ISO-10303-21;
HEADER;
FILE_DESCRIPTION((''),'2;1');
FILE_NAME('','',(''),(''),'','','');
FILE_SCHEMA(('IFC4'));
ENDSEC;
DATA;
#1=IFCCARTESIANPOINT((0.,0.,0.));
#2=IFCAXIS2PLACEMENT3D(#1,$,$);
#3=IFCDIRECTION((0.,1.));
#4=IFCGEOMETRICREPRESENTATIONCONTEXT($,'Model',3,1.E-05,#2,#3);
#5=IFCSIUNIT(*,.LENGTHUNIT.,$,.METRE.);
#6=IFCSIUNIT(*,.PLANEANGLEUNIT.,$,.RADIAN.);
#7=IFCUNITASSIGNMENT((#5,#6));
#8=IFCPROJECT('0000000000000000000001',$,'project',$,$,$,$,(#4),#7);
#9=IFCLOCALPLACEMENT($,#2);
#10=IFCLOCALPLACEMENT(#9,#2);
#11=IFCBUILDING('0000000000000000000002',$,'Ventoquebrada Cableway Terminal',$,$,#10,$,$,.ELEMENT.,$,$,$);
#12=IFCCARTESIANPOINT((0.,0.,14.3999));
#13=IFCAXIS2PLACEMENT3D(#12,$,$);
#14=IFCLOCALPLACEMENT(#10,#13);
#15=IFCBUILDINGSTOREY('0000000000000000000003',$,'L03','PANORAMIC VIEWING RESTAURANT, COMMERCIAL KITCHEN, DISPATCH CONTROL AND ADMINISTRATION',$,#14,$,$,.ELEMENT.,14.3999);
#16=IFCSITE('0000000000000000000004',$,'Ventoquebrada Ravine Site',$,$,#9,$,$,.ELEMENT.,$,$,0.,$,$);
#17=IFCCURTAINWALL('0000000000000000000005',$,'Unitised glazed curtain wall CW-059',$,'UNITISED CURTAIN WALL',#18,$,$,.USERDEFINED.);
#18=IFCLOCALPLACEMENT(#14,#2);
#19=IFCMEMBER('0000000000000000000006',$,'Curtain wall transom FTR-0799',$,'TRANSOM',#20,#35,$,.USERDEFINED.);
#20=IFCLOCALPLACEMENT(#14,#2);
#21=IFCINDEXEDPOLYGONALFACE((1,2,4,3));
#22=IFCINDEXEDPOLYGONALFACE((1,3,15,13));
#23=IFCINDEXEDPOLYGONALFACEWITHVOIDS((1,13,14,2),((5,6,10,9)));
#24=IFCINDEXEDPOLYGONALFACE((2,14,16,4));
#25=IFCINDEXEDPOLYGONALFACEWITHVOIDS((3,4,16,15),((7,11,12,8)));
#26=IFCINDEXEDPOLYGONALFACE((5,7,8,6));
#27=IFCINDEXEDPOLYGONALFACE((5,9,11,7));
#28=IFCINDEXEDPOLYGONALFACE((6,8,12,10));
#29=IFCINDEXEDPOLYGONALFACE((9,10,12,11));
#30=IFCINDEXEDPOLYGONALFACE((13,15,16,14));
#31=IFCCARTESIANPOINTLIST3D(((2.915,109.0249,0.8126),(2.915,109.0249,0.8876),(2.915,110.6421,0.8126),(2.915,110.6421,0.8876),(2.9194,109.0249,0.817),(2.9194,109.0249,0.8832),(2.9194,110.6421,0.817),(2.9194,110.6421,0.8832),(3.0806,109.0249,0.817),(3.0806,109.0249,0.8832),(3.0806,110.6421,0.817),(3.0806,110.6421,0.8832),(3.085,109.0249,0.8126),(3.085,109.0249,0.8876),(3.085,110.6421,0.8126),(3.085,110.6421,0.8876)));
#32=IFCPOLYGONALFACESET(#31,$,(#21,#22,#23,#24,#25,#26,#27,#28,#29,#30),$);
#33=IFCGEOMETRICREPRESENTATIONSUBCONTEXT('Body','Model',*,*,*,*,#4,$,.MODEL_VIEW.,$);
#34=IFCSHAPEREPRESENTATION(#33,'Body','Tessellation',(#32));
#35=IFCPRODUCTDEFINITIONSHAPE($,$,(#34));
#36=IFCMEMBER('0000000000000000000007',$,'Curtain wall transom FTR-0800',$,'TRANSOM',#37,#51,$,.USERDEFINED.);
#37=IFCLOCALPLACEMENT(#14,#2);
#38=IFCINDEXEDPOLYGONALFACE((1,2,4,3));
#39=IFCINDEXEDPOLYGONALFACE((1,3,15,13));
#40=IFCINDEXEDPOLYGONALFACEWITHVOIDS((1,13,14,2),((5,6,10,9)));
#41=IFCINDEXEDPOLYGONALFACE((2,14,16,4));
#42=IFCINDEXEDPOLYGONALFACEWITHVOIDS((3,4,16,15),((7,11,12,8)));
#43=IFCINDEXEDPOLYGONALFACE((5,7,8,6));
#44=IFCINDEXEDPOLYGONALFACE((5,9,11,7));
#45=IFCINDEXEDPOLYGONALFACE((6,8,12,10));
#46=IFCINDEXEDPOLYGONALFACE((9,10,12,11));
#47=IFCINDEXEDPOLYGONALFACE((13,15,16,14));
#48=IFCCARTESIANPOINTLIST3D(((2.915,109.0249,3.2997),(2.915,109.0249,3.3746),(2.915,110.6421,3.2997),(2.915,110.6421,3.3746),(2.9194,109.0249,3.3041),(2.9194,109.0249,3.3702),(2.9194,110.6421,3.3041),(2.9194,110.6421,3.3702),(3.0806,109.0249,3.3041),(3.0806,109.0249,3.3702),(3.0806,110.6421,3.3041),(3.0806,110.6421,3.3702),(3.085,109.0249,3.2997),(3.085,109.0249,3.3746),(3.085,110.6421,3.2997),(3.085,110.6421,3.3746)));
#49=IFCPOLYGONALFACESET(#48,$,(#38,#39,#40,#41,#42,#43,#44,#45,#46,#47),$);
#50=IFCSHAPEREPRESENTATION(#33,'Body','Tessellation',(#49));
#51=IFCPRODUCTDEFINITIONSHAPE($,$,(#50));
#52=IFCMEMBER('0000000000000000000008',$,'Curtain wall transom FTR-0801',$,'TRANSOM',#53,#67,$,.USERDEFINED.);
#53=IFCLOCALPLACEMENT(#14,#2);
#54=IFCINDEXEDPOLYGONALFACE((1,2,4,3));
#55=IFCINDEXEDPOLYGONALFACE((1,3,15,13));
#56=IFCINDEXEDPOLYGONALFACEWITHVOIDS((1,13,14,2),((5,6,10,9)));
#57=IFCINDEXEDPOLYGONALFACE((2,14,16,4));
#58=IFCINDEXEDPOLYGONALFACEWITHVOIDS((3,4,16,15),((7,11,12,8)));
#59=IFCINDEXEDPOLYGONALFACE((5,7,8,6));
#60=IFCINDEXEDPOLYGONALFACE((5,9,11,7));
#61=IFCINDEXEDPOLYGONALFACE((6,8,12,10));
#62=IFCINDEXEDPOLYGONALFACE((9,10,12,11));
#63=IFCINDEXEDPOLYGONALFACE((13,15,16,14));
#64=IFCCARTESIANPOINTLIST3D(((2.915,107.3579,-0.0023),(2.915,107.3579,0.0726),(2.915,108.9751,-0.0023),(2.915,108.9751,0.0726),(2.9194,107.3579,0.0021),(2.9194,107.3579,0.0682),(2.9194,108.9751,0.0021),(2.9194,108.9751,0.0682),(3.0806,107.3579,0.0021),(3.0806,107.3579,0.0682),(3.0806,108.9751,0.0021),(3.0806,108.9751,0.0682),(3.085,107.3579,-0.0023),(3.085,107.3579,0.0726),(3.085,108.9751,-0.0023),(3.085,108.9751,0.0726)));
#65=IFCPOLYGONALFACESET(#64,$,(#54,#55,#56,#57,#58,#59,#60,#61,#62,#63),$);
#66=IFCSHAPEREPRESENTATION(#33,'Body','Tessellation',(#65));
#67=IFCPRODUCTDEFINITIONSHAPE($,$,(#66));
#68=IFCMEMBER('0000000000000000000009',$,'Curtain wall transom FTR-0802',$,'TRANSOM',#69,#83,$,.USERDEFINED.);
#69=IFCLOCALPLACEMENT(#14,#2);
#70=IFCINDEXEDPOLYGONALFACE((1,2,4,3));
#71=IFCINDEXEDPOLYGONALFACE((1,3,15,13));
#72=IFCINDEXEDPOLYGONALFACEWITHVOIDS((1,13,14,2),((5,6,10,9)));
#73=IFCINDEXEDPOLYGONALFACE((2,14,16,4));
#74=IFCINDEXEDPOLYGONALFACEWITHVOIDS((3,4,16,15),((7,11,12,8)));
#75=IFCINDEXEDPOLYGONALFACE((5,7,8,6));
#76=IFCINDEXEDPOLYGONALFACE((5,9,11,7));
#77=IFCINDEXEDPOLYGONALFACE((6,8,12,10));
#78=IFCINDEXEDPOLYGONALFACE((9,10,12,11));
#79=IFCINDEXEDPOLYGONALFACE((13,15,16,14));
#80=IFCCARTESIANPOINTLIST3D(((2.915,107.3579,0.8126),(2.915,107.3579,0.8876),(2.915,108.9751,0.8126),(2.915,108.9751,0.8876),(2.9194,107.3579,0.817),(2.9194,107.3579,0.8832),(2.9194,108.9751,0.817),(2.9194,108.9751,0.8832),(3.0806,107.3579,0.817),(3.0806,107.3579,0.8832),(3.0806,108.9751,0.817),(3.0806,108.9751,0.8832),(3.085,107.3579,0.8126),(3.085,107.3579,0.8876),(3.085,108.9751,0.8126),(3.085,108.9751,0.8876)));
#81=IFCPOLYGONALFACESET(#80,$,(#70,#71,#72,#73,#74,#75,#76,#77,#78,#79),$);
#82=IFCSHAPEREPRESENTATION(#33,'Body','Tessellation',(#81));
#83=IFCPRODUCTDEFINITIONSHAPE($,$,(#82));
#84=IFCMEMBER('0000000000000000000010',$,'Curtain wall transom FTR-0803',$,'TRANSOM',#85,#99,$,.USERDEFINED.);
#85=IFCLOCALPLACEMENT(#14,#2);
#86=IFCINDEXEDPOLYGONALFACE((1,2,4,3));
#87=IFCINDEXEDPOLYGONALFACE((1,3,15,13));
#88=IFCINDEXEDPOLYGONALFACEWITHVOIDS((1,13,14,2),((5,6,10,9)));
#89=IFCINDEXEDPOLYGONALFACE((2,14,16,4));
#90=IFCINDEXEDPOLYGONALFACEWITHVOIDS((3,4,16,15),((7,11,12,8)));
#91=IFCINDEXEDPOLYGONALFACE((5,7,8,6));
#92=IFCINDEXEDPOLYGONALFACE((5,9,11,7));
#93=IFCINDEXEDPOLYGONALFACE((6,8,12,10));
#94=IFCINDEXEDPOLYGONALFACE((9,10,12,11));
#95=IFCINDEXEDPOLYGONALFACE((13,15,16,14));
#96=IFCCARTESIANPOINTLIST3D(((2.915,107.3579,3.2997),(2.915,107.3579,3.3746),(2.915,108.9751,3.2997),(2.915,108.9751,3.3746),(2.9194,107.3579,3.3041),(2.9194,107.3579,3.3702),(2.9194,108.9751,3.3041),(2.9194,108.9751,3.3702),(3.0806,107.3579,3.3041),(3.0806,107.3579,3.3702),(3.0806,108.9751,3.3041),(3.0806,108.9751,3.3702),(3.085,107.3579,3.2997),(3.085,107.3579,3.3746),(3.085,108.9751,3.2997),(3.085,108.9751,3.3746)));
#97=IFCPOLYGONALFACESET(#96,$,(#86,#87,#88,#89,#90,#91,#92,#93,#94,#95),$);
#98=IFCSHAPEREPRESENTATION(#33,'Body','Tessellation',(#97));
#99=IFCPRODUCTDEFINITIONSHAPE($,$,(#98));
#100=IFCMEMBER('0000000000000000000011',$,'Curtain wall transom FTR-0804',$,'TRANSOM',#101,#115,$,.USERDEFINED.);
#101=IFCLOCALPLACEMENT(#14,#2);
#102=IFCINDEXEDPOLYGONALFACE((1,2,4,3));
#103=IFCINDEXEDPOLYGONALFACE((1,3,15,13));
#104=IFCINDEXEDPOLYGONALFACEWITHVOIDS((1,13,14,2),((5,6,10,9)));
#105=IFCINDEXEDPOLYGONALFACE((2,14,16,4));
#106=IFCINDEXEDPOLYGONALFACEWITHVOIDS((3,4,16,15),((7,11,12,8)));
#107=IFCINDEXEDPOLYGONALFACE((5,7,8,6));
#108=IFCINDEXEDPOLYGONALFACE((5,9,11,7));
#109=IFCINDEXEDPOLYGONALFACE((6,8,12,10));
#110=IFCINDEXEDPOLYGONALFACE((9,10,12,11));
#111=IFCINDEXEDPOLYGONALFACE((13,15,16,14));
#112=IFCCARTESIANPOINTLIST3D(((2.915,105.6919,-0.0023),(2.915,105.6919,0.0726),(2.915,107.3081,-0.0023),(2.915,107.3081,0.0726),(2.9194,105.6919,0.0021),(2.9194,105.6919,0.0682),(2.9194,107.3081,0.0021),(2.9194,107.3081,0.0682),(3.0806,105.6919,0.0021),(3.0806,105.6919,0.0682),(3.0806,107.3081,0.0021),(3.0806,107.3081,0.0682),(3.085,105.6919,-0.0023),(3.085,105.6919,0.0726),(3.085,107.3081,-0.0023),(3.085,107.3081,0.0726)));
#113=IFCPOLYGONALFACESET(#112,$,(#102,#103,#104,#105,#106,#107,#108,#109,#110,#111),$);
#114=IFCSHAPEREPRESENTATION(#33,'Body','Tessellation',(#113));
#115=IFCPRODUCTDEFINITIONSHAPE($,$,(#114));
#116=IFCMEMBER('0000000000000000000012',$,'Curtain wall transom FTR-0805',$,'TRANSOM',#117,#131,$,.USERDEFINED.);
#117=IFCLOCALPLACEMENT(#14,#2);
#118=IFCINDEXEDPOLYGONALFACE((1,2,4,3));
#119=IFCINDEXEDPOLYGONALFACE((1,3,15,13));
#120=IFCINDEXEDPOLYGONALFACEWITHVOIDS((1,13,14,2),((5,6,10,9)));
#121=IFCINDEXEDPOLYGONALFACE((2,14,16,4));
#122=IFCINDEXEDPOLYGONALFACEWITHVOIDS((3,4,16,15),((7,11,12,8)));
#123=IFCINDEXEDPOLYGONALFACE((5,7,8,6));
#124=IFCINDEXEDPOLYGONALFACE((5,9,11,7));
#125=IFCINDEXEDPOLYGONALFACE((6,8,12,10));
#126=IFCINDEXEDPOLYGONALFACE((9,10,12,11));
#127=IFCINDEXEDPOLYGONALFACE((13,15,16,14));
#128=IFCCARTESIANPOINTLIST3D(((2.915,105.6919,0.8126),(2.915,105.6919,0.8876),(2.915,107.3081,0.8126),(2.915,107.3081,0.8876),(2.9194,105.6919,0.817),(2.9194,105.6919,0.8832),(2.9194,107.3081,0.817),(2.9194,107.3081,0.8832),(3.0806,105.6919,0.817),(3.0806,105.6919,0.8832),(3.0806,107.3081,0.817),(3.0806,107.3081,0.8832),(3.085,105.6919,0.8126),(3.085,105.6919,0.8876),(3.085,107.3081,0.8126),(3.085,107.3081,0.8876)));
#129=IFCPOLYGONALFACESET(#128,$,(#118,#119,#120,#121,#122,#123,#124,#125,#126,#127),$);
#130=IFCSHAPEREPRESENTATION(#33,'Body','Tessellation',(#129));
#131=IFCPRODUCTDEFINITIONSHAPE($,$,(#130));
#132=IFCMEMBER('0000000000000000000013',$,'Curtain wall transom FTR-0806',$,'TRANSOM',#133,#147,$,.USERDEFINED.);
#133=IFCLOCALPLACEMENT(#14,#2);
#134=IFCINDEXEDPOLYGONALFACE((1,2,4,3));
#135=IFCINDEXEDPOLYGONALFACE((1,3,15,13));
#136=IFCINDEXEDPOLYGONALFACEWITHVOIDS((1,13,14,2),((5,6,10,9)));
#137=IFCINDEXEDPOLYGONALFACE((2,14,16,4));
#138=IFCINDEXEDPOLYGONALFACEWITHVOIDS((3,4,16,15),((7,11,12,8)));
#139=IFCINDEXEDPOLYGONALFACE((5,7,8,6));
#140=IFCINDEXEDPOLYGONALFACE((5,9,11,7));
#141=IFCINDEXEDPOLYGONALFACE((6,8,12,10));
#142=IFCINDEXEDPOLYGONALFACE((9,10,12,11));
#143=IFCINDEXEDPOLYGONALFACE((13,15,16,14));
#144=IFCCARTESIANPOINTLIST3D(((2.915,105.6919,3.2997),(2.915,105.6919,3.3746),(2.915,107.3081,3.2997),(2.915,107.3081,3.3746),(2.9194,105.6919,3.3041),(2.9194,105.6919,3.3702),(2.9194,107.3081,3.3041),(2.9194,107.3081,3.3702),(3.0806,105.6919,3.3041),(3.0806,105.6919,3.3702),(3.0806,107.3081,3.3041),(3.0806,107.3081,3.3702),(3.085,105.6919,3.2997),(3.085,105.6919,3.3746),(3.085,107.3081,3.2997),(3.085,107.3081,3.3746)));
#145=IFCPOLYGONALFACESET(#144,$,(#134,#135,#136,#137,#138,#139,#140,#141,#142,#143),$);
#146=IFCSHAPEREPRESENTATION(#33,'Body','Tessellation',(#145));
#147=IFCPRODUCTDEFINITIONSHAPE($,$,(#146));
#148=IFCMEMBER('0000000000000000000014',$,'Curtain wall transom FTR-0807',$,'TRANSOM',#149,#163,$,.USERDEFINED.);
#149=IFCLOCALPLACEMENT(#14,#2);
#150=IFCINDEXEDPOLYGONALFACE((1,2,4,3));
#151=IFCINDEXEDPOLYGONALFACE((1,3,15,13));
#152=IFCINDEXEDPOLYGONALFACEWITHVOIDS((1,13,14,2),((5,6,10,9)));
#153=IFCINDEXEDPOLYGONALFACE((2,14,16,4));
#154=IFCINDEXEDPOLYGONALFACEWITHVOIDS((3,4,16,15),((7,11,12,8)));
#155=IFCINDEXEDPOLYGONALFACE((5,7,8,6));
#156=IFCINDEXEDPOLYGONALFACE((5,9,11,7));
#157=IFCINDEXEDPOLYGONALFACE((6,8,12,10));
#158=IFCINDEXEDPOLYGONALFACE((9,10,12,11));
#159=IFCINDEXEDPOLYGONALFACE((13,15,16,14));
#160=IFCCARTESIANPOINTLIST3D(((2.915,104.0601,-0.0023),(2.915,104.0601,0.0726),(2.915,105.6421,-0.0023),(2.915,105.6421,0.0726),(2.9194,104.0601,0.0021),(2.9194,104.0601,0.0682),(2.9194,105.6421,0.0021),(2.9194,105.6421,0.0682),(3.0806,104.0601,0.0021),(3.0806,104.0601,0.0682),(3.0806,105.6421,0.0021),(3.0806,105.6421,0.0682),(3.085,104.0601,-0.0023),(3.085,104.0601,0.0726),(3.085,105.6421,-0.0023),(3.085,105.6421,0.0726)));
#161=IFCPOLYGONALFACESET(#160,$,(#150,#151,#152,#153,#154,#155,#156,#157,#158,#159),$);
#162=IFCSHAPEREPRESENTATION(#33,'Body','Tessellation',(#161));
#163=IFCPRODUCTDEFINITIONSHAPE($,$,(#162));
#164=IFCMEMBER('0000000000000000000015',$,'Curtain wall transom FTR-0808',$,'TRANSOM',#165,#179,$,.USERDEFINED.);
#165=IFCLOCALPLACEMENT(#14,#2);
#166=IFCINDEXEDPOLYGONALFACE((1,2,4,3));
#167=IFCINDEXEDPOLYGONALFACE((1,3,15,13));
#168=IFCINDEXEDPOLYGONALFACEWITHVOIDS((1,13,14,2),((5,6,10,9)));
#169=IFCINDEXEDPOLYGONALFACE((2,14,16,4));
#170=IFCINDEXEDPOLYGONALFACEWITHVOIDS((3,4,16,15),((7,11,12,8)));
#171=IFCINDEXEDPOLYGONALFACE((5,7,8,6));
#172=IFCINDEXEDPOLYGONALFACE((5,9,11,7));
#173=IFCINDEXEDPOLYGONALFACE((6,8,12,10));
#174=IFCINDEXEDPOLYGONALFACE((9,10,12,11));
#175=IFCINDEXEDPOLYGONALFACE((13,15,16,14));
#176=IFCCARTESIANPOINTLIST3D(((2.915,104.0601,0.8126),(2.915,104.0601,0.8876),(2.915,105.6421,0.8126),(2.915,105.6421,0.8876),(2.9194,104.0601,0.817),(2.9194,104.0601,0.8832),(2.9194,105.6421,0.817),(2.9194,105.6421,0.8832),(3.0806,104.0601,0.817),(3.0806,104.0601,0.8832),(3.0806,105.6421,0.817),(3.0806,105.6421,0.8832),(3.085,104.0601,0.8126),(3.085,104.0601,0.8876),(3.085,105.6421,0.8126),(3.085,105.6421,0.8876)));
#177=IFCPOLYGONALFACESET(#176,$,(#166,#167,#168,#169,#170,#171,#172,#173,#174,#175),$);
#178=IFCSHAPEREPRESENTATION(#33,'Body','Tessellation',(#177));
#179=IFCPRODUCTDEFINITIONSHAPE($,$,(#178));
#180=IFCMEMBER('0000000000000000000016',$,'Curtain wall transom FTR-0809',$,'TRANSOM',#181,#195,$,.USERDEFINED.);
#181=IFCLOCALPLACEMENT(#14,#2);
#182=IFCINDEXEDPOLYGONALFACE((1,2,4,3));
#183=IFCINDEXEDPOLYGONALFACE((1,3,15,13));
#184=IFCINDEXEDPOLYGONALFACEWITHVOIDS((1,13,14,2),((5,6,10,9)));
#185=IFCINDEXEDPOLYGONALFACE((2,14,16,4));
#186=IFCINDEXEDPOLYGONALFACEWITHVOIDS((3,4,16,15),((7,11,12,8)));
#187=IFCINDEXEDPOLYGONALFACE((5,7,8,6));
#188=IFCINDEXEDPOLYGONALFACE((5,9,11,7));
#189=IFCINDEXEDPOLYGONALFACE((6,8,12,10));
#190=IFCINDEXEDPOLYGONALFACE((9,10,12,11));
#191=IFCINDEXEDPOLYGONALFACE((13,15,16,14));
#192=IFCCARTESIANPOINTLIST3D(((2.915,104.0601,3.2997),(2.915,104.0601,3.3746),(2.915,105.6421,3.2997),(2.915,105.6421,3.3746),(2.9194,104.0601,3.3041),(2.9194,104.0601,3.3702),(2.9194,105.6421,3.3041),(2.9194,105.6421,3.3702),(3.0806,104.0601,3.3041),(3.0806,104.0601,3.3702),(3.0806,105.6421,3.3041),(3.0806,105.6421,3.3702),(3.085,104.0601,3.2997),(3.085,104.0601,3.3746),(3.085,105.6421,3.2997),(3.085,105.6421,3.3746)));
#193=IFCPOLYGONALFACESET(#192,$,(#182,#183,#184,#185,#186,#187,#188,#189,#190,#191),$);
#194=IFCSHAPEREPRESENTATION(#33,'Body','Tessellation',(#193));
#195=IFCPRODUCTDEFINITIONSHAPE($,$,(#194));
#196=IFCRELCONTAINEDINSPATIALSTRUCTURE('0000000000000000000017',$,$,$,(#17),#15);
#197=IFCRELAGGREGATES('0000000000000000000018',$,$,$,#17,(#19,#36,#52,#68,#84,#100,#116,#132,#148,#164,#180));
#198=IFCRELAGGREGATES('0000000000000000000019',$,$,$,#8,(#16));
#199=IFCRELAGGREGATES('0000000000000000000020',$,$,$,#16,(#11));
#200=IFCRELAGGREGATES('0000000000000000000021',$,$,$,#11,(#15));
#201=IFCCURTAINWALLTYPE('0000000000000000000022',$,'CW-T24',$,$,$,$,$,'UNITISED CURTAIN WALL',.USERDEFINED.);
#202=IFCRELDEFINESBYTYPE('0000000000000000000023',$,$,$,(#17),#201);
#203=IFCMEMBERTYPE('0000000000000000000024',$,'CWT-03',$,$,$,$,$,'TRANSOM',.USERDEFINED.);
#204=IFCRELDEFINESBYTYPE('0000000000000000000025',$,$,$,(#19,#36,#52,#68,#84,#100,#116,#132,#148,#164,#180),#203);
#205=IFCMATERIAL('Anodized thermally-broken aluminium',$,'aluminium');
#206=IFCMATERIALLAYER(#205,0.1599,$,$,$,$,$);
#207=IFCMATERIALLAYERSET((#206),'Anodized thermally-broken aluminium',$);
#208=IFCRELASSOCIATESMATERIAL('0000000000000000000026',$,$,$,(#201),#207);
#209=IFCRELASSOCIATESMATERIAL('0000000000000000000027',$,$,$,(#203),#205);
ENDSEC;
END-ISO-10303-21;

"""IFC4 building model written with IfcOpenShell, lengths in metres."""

from ifc_helpers import new_model, si_unit, direction, frame, origin, origin_2d, place, context, subcontext, project, spatial, hollow_rectangle, extrude, material, layer, layer_set, material_profile, profile_set, type_object, element, aggregate, save


model = new_model("IFC4")

# Units and contexts
model_context = context("Model", 3, precision=1e-05, world=origin(), true_north=direction((0.0, 1.0)))
body_context = subcontext(model_context, "Body", "Model", "MODEL_VIEW")
ifc_project = project(units=[si_unit("LENGTHUNIT", "METRE"), si_unit("PLANEANGLEUNIT", "RADIAN")], contexts=[model_context])

# Site, building, storey
site_placement = place(None, origin())
site = spatial("IfcSite", under=ifc_project, at=site_placement, Name="Ventoquebrada Ravine Site", CompositionType="ELEMENT", RefElevation=0.0)
building_placement = place(site_placement, origin())
building = spatial("IfcBuilding", under=site, at=building_placement, Name="Ventoquebrada Cableway Terminal", CompositionType="ELEMENT")
storey_placement = place(building_placement, frame((0.0, 0.0, 14.3999)))
storey = spatial("IfcBuildingStorey", under=building, at=storey_placement, Name="L03", Description="PANORAMIC VIEWING RESTAURANT, COMMERCIAL KITCHEN, DISPATCH CONTROL AND ADMINISTRATION", CompositionType="ELEMENT", Elevation=14.3999)

# Curtain wall, members
ifc_material_1 = material(Name="Anodized thermally-broken aluminium", Category="aluminium")
ifc_layer_1 = layer(ifc_material_1, 0.1599)
ifc_layer_set_1 = layer_set([ifc_layer_1], Name="Anodized thermally-broken aluminium")
curtain_wall_type = type_object("IfcCurtainWallType", Name="CW-T24", ElementType="UNITISED CURTAIN WALL", PredefinedType="USERDEFINED", material=ifc_layer_set_1)
curtain_wall_placement = place(storey_placement, origin())
curtain_wall = element("IfcCurtainWall", 1, at=curtain_wall_placement, inside=storey, type_object=curtain_wall_type, Name="Unitised glazed curtain wall CW-059", ObjectType="UNITISED CURTAIN WALL", PredefinedType="USERDEFINED")
ifc_material_profile_1 = material_profile(ifc_material_1, hollow_rectangle(XDim=0.075, YDim=0.1699, WallThickness=0.0044, at=origin_2d()), Name="CW-TRN-75X170")
ifc_profile_set_1 = profile_set([ifc_material_profile_1], Name="Anodized thermally-broken aluminium")
member_type_1 = type_object("IfcMemberType", Name="CWT-03", ElementType="TRANSOM", PredefinedType="USERDEFINED", material=ifc_profile_set_1)
member_1_placement = place(storey_placement, frame((3.0, 110.6421, 0.8501), z_axis=(0.0, -1.0, 0.0), x_axis=(0.0, 0.0, 1.0)))
member_1 = element("IfcMember", 2, at=member_1_placement, type_object=member_type_1, Name="Curtain wall transom FTR-0799", ObjectType="TRANSOM", PredefinedType="USERDEFINED", context=body_context, shape_type="SweptSolid", body=[
    extrude(hollow_rectangle(XDim=0.075, YDim=0.1699, WallThickness=0.0044, at=origin_2d()), origin(), (0.0, 0.0, 1.0), 1.6172),
])
member_2_placement = place(storey_placement, frame((3.0, 110.6421, 3.3372), z_axis=(0.0, -1.0, 0.0), x_axis=(0.0, 0.0, 1.0)))
member_2 = element("IfcMember", 3, at=member_2_placement, type_object=member_type_1, Name="Curtain wall transom FTR-0800", ObjectType="TRANSOM", PredefinedType="USERDEFINED", context=body_context, shape_type="SweptSolid", body=[
    extrude(hollow_rectangle(XDim=0.075, YDim=0.1699, WallThickness=0.0044, at=origin_2d()), origin(), (0.0, 0.0, 1.0), 1.6172),
])
member_3_placement = place(storey_placement, frame((3.0, 108.9751, 0.0352), z_axis=(0.0, -1.0, 0.0), x_axis=(0.0, 0.0, 1.0)))
member_3 = element("IfcMember", 4, at=member_3_placement, type_object=member_type_1, Name="Curtain wall transom FTR-0801", ObjectType="TRANSOM", PredefinedType="USERDEFINED", context=body_context, shape_type="SweptSolid", body=[
    extrude(hollow_rectangle(XDim=0.075, YDim=0.1699, WallThickness=0.0044, at=origin_2d()), origin(), (0.0, 0.0, 1.0), 1.6172),
])
member_4_placement = place(storey_placement, frame((3.0, 108.9751, 0.8501), z_axis=(0.0, -1.0, 0.0), x_axis=(0.0, 0.0, 1.0)))
member_4 = element("IfcMember", 5, at=member_4_placement, type_object=member_type_1, Name="Curtain wall transom FTR-0802", ObjectType="TRANSOM", PredefinedType="USERDEFINED", context=body_context, shape_type="SweptSolid", body=[
    extrude(hollow_rectangle(XDim=0.075, YDim=0.1699, WallThickness=0.0044, at=origin_2d()), origin(), (0.0, 0.0, 1.0), 1.6172),
])
member_5_placement = place(storey_placement, frame((3.0, 108.9751, 3.3372), z_axis=(0.0, -1.0, 0.0), x_axis=(0.0, 0.0, 1.0)))
member_5 = element("IfcMember", 6, at=member_5_placement, type_object=member_type_1, Name="Curtain wall transom FTR-0803", ObjectType="TRANSOM", PredefinedType="USERDEFINED", context=body_context, shape_type="SweptSolid", body=[
    extrude(hollow_rectangle(XDim=0.075, YDim=0.1699, WallThickness=0.0044, at=origin_2d()), origin(), (0.0, 0.0, 1.0), 1.6172),
])
member_6_placement = place(storey_placement, frame((3.0, 107.3081, 0.0352), z_axis=(0.0, -1.0, 0.0), x_axis=(0.0, 0.0, 1.0)))
member_6 = element("IfcMember", 7, at=member_6_placement, type_object=member_type_1, Name="Curtain wall transom FTR-0804", ObjectType="TRANSOM", PredefinedType="USERDEFINED", context=body_context, shape_type="SweptSolid", body=[
    extrude(hollow_rectangle(XDim=0.075, YDim=0.1699, WallThickness=0.0044, at=origin_2d()), origin(), (0.0, 0.0, 1.0), 1.6162),
])
member_7_placement = place(storey_placement, frame((3.0, 107.3081, 0.8501), z_axis=(0.0, -1.0, 0.0), x_axis=(0.0, 0.0, 1.0)))
member_7 = element("IfcMember", 8, at=member_7_placement, type_object=member_type_1, Name="Curtain wall transom FTR-0805", ObjectType="TRANSOM", PredefinedType="USERDEFINED", context=body_context, shape_type="SweptSolid", body=[
    extrude(hollow_rectangle(XDim=0.075, YDim=0.1699, WallThickness=0.0044, at=origin_2d()), origin(), (0.0, 0.0, 1.0), 1.6162),
])
member_8_placement = place(storey_placement, frame((3.0, 107.3081, 3.3372), z_axis=(0.0, -1.0, 0.0), x_axis=(0.0, 0.0, 1.0)))
member_8 = element("IfcMember", 9, at=member_8_placement, type_object=member_type_1, Name="Curtain wall transom FTR-0806", ObjectType="TRANSOM", PredefinedType="USERDEFINED", context=body_context, shape_type="SweptSolid", body=[
    extrude(hollow_rectangle(XDim=0.075, YDim=0.1699, WallThickness=0.0044, at=origin_2d()), origin(), (0.0, 0.0, 1.0), 1.6162),
])
member_9_placement = place(storey_placement, frame((3.0, 105.6421, 0.0352), z_axis=(0.0, -1.0, 0.0), x_axis=(0.0, 0.0, 1.0)))
member_9 = element("IfcMember", 10, at=member_9_placement, type_object=member_type_1, Name="Curtain wall transom FTR-0807", ObjectType="TRANSOM", PredefinedType="USERDEFINED", context=body_context, shape_type="SweptSolid", body=[
    extrude(hollow_rectangle(XDim=0.075, YDim=0.1699, WallThickness=0.0044, at=origin_2d()), origin(), (0.0, 0.0, 1.0), 1.582),
])
member_10_placement = place(storey_placement, frame((3.0, 105.6421, 0.8501), z_axis=(0.0, -1.0, 0.0), x_axis=(0.0, 0.0, 1.0)))
member_10 = element("IfcMember", 11, at=member_10_placement, type_object=member_type_1, Name="Curtain wall transom FTR-0808", ObjectType="TRANSOM", PredefinedType="USERDEFINED", context=body_context, shape_type="SweptSolid", body=[
    extrude(hollow_rectangle(XDim=0.075, YDim=0.1699, WallThickness=0.0044, at=origin_2d()), origin(), (0.0, 0.0, 1.0), 1.582),
])
member_11_placement = place(storey_placement, frame((3.0, 105.6421, 3.3372), z_axis=(0.0, -1.0, 0.0), x_axis=(0.0, 0.0, 1.0)))
member_11 = element("IfcMember", 12, at=member_11_placement, type_object=member_type_1, Name="Curtain wall transom FTR-0809", ObjectType="TRANSOM", PredefinedType="USERDEFINED", context=body_context, shape_type="SweptSolid", body=[
    extrude(hollow_rectangle(XDim=0.075, YDim=0.1699, WallThickness=0.0044, at=origin_2d()), origin(), (0.0, 0.0, 1.0), 1.582),
])

aggregate(curtain_wall, [member_1, member_2, member_3, member_4, member_5, member_6, member_7, member_8, member_9, member_10, member_11])

save(model, "model.ifc")
